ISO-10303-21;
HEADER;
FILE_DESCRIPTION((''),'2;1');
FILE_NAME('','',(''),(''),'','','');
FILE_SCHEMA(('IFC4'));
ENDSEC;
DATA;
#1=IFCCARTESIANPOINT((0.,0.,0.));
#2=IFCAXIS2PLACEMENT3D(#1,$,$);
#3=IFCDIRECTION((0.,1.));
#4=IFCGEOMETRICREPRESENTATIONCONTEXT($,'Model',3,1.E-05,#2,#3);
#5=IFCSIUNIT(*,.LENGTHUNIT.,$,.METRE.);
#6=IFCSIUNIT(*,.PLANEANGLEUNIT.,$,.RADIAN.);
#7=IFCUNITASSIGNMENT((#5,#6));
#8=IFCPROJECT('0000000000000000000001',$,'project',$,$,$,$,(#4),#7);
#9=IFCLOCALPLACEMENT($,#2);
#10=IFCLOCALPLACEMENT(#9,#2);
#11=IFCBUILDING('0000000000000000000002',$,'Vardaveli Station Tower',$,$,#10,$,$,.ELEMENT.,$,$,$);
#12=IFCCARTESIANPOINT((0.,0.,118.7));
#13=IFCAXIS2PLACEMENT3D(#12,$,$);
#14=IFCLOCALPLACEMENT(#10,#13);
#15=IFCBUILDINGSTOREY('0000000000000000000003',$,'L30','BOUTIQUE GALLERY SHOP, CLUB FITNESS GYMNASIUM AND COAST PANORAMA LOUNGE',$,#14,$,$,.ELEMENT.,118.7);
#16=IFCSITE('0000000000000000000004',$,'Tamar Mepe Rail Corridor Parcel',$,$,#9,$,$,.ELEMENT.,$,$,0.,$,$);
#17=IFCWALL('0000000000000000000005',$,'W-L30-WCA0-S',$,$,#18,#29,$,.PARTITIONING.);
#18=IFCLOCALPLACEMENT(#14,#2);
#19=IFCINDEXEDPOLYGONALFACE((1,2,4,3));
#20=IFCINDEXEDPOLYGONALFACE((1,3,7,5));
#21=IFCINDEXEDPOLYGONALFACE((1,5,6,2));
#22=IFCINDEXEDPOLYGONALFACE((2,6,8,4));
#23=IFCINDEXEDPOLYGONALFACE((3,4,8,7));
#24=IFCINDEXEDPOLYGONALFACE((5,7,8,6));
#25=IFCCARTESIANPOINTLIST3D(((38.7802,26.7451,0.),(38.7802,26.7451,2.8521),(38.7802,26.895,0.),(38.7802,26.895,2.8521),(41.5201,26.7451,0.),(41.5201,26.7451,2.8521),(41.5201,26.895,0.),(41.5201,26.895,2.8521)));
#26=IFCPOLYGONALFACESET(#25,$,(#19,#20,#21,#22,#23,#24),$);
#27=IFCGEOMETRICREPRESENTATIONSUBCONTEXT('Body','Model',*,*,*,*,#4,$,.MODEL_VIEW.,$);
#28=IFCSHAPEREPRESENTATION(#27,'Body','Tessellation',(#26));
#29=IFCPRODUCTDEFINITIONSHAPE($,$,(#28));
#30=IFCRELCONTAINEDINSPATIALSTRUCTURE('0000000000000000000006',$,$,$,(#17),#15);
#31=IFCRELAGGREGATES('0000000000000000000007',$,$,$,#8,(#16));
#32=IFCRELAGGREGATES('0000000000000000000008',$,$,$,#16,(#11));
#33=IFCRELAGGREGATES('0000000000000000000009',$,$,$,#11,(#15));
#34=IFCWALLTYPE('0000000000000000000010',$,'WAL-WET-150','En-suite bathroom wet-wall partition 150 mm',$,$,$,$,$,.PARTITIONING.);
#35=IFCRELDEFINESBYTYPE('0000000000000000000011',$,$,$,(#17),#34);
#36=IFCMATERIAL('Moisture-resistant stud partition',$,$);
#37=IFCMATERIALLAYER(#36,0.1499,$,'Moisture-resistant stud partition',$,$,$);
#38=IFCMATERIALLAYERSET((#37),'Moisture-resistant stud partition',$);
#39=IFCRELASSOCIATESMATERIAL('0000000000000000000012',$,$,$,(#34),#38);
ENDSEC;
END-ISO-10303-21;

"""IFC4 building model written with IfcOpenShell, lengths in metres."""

from ifc_helpers import new_model, si_unit, direction, frame, frame_2d, origin, place, context, subcontext, project, spatial, rectangle, extrude, source, transform, mapped, material, layer, layer_set, type_object, element, save


model = new_model("IFC4")

# Units and contexts
model_context = context("Model", 3, precision=1e-05, world=origin(), true_north=direction((0.0, 1.0)))
body_context = subcontext(model_context, "Body", "Model", "MODEL_VIEW")
ifc_project = project(units=[si_unit("LENGTHUNIT", "METRE"), si_unit("PLANEANGLEUNIT", "RADIAN")], contexts=[model_context])

# Site, building, storey
site_placement = place(None, origin())
site = spatial("IfcSite", under=ifc_project, at=site_placement, Name="Tamar Mepe Rail Corridor Parcel", CompositionType="ELEMENT", RefElevation=0.0)
building_placement = place(site_placement, origin())
building = spatial("IfcBuilding", under=site, at=building_placement, Name="Vardaveli Station Tower", CompositionType="ELEMENT")
storey_placement = place(building_placement, frame((0.0, 0.0, 118.7)))
storey = spatial("IfcBuildingStorey", under=building, at=storey_placement, Name="L30", Description="BOUTIQUE GALLERY SHOP, CLUB FITNESS GYMNASIUM AND COAST PANORAMA LOUNGE", CompositionType="ELEMENT", Elevation=118.7)

# Wall
ifc_material_1 = material(Name="Moisture-resistant stud partition")
ifc_layer_1 = layer(ifc_material_1, 0.1499, Name="Moisture-resistant stud partition")
ifc_layer_set_1 = layer_set([ifc_layer_1], Name="Moisture-resistant stud partition")
wall_type_1 = type_object("IfcWallType", Name="WAL-WET-150", Description="En-suite bathroom wet-wall partition 150 mm", PredefinedType="PARTITIONING", material=ifc_layer_set_1)
shared_shape_1 = source(origin(), body_context, "Body", "SweptSolid", [
    extrude(rectangle(XDim=2.74, YDim=0.1499, at=frame_2d((1.3701, 0.0))), origin(), (0.0, 0.0, 1.0), 2.8521),
])
wall_1_placement = place(storey_placement, frame((38.78, 26.8201, 0.0), z_axis=(0.0, 0.0, 1.0), x_axis=(1.0, 0.0, 0.0)))
element("IfcWall", 1, at=wall_1_placement, inside=storey, type_object=wall_type_1, Name="W-L30-WCA0-S", PredefinedType="PARTITIONING", context=body_context, shape_type="MappedRepresentation", body=[
    mapped(shared_shape_1, transform((0.0, 0.0, 0.0), scale=1.0)),
])

save(model, "model.ifc")
